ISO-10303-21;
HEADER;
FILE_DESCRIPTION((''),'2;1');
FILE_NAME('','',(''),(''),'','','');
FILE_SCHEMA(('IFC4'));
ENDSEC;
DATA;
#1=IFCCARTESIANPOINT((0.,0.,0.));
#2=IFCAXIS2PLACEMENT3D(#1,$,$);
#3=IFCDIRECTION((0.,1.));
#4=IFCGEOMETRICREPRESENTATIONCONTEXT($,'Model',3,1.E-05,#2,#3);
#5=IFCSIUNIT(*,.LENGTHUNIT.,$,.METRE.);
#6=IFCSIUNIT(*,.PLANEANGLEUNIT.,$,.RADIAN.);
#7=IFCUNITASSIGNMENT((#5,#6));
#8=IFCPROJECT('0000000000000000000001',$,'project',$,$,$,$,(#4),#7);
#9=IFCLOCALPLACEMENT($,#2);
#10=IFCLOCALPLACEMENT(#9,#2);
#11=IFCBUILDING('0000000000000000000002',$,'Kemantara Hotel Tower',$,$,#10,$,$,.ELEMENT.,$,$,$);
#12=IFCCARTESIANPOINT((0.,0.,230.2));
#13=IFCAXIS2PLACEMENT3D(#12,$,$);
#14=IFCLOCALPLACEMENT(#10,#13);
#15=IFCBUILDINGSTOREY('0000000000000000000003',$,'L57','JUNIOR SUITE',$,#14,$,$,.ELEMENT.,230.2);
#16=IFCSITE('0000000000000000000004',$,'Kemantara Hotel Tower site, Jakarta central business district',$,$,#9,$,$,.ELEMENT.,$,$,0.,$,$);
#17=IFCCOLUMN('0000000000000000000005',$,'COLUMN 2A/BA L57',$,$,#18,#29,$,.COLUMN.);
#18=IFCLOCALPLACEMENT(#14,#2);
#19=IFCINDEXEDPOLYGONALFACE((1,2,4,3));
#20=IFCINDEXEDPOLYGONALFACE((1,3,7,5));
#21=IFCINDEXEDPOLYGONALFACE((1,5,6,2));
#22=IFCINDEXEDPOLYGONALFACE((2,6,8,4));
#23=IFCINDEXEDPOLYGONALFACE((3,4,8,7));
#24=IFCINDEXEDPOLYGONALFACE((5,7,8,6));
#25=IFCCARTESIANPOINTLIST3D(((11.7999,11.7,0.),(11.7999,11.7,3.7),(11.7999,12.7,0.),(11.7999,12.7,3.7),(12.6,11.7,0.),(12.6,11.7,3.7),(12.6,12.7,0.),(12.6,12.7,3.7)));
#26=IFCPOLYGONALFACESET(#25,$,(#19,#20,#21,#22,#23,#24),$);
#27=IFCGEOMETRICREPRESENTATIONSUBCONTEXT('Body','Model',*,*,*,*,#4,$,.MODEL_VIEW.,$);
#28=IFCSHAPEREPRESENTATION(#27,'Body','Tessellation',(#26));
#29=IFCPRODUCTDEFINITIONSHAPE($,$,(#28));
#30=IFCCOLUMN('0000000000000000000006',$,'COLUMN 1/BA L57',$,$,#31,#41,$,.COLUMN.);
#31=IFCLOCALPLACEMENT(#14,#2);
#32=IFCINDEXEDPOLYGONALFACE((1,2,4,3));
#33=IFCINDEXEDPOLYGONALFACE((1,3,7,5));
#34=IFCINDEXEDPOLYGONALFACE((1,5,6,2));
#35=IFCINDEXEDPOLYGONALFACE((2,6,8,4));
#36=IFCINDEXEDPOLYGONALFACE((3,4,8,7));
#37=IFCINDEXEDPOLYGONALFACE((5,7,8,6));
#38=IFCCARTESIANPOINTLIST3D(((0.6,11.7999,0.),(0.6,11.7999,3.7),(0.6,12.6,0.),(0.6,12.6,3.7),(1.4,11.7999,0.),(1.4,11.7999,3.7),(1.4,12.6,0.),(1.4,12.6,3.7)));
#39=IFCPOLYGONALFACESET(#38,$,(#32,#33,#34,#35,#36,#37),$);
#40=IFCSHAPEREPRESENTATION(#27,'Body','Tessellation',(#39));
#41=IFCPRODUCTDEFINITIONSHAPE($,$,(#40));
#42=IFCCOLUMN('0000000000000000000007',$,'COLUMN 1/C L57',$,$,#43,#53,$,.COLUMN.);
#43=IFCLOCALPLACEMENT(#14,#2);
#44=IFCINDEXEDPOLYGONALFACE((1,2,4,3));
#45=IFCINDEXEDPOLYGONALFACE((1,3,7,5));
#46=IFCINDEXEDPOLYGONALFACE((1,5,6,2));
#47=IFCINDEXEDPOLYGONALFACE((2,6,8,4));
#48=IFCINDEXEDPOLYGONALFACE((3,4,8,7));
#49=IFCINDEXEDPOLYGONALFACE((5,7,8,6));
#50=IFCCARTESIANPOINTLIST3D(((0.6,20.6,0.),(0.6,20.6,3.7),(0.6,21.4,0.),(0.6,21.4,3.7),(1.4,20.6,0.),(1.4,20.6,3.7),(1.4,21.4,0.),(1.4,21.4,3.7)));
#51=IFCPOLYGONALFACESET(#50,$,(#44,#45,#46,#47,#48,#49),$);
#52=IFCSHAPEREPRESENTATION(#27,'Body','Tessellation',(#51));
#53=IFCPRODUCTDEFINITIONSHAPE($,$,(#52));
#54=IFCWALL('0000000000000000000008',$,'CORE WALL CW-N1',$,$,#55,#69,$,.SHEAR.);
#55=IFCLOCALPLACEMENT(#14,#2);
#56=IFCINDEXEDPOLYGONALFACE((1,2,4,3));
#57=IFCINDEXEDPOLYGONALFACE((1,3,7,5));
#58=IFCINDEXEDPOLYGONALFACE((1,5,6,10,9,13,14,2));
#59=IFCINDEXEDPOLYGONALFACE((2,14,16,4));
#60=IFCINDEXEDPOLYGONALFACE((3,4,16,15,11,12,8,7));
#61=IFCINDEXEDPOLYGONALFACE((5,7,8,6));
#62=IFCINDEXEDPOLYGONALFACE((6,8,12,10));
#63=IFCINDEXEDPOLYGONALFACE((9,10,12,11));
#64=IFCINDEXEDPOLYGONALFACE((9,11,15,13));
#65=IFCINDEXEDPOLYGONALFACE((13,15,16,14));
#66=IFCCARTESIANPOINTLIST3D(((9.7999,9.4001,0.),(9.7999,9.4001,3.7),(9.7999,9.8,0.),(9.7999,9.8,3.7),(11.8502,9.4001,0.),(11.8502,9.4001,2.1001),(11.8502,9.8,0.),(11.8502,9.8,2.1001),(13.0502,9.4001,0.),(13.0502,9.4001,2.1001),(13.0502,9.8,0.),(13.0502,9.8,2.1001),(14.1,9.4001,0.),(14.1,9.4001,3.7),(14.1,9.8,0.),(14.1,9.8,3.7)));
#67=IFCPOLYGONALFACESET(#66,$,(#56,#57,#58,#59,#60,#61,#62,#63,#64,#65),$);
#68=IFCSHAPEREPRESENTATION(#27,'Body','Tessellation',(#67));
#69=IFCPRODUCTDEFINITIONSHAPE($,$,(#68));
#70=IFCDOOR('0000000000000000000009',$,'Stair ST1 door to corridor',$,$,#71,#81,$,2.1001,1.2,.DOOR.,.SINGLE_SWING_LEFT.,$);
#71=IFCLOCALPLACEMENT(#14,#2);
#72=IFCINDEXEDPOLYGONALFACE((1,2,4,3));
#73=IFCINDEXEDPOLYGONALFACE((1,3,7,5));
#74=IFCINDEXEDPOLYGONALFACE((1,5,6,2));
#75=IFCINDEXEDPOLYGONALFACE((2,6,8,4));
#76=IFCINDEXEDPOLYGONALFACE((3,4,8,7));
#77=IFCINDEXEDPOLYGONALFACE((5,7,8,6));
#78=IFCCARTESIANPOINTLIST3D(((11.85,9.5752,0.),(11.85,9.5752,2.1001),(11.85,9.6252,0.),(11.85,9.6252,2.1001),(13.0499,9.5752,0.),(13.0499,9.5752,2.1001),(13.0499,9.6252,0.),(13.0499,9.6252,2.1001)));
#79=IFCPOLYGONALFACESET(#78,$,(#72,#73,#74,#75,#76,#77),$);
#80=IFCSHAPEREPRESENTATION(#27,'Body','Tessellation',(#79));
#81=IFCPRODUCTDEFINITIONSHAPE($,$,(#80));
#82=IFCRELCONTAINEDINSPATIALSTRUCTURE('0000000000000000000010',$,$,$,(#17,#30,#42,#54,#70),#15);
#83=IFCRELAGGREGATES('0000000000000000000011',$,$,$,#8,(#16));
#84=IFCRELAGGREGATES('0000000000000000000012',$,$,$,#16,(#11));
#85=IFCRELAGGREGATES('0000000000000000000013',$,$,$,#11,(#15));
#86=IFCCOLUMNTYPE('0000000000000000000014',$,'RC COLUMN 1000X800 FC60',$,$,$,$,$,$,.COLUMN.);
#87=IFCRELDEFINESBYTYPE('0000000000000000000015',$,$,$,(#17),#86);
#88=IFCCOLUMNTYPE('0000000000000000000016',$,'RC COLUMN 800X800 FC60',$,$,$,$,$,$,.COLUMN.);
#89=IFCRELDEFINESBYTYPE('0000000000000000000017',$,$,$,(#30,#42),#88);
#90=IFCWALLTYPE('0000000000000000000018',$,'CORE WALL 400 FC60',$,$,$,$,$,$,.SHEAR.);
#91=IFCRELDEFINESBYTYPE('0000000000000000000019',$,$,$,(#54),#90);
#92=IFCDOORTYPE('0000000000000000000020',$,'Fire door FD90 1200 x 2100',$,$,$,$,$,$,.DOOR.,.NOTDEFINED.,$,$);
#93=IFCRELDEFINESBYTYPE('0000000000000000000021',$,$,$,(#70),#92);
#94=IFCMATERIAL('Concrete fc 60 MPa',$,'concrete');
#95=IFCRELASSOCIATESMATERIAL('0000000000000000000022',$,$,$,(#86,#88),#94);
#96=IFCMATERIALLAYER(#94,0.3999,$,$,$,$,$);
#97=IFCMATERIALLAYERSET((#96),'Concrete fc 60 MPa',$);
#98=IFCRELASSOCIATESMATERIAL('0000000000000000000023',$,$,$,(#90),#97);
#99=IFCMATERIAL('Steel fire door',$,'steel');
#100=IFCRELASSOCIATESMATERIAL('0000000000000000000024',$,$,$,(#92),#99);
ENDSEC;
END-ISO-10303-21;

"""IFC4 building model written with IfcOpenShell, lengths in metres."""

from ifc_helpers import new_model, si_unit, direction, frame, frame_2d, origin, origin_2d, place, context, subcontext, project, spatial, rectangle, extrude, material, layer, layer_set, material_profile, profile_set, type_object, element, fill, save


model = new_model("IFC4")

# Units and contexts
model_context = context("Model", 3, precision=1e-05, world=origin(), true_north=direction((0.0, 1.0)))
body_context = subcontext(model_context, "Body", "Model", "MODEL_VIEW")
ifc_project = project(units=[si_unit("LENGTHUNIT", "METRE"), si_unit("PLANEANGLEUNIT", "RADIAN")], contexts=[model_context])

# Site, building, storey
site_placement = place(None, origin())
site = spatial("IfcSite", under=ifc_project, at=site_placement, Name="Kemantara Hotel Tower site, Jakarta central business district", CompositionType="ELEMENT", RefElevation=0.0)
building_placement = place(site_placement, origin())
building = spatial("IfcBuilding", under=site, at=building_placement, Name="Kemantara Hotel Tower", CompositionType="ELEMENT")
storey_placement = place(building_placement, frame((0.0, 0.0, 230.2)))
storey = spatial("IfcBuildingStorey", under=building, at=storey_placement, Name="L57", Description="JUNIOR SUITE", CompositionType="ELEMENT", Elevation=230.2)

# Columns
ifc_material_1 = material(Name="Concrete fc 60 MPa", Category="concrete")
ifc_material_profile_1 = material_profile(ifc_material_1, rectangle(XDim=1.0, YDim=0.8, at=origin_2d()), Name="RC 1000X800")
ifc_profile_set_1 = profile_set([ifc_material_profile_1], Name="Concrete fc 60 MPa")
column_type_1 = type_object("IfcColumnType", Name="RC COLUMN 1000X800 FC60", PredefinedType="COLUMN", material=ifc_profile_set_1)
column_placement = place(storey_placement, frame((12.2, 12.2, 0.0), z_axis=(0.0, 0.0, 1.0), x_axis=(0.0, 1.0, 0.0)))
element("IfcColumn", 1, at=column_placement, inside=storey, type_object=column_type_1, Name="COLUMN 2A/BA L57", PredefinedType="COLUMN", context=body_context, shape_type="SweptSolid", body=[
    extrude(rectangle(XDim=1.0, YDim=0.8, at=origin_2d()), origin(), (0.0, 0.0, 1.0), 3.7),
])
ifc_material_profile_2 = material_profile(ifc_material_1, rectangle(XDim=0.8, YDim=0.8, at=origin_2d()), Name="RC 800X800")
ifc_profile_set_2 = profile_set([ifc_material_profile_2], Name="Concrete fc 60 MPa")
column_type_2 = type_object("IfcColumnType", Name="RC COLUMN 800X800 FC60", PredefinedType="COLUMN", material=ifc_profile_set_2)
for number, where, z_axis, x_axis, name in (
    (2, (1.0, 12.2, 0.0), (0.0, 0.0, 1.0), (1.0, 0.0, 0.0), "COLUMN 1/BA L57"),
    (3, (1.0, 21.0, 0.0), (0.0, 0.0, 1.0), (1.0, 0.0, 0.0), "COLUMN 1/C L57"),
):
    element("IfcColumn", number, at=place(storey_placement, frame(where, z_axis=z_axis, x_axis=x_axis)), inside=storey, type_object=column_type_2, Name=name, PredefinedType="COLUMN", context=body_context, shape_type="SweptSolid", body=[
        extrude(rectangle(XDim=0.8, YDim=0.8, at=origin_2d()), origin(), (0.0, 0.0, 1.0), 3.7),
    ])

# Wall, opening, door
ifc_layer_1 = layer(ifc_material_1, 0.3999)
ifc_layer_set_1 = layer_set([ifc_layer_1], Name="Concrete fc 60 MPa")
wall_type_1 = type_object("IfcWallType", Name="CORE WALL 400 FC60", PredefinedType="SHEAR", material=ifc_layer_set_1)
wall_1_placement = place(storey_placement, frame((9.8, 9.6001, 0.0), z_axis=(0.0, 0.0, 1.0), x_axis=(1.0, 0.0, 0.0)))
wall_1 = element("IfcWall", 4, at=wall_1_placement, inside=storey, type_object=wall_type_1, Name="CORE WALL CW-N1", PredefinedType="SHEAR", context=body_context, shape_type="SweptSolid", body=[
    extrude(rectangle(XDim=4.3, YDim=0.3999, at=frame_2d((2.1499, 0.0))), origin(), (0.0, 0.0, 1.0), 3.7),
])
opening_1_placement = place(wall_1_placement, frame((2.05, 0.0, 0.0)))
opening_1 = element("IfcOpeningElement", 5, at=opening_1_placement, cuts=wall_1, PredefinedType="OPENING", context=body_context, shape_type="SweptSolid", body=[
    extrude(rectangle(XDim=1.2, YDim=2.1001, at=frame_2d((0.6001, 1.05))), frame((0.0, 0.21, 0.0), z_axis=(0.0, -1.0, 0.0), x_axis=(1.0, 0.0, 0.0)), (0.0, 0.0, 1.0), 0.4199),
])
ifc_material_2 = material(Name="Steel fire door", Category="steel")
door_type_1 = type_object("IfcDoorType", Name="Fire door FD90 1200 x 2100", OperationType="NOTDEFINED", PredefinedType="DOOR", material=ifc_material_2)
door_1_placement = place(opening_1_placement, frame((1.2, 0.0, 0.0), z_axis=(0.0, 0.0, 1.0), x_axis=(-1.0, 0.0, 0.0)))
door_1 = element("IfcDoor", 6, at=door_1_placement, inside=storey, type_object=door_type_1, Name="Stair ST1 door to corridor", OperationType="SINGLE_SWING_LEFT", OverallHeight=2.1001, OverallWidth=1.2, PredefinedType="DOOR", context=body_context, shape_type="SweptSolid", body=[
    extrude(rectangle(XDim=1.2, YDim=2.1001, at=frame_2d((0.6001, 1.05))), frame((0.0, 0.0249, 0.0), z_axis=(0.0, -1.0, 0.0), x_axis=(1.0, 0.0, 0.0)), (0.0, 0.0, 1.0), 0.05),
])
fill(opening_1, door_1)

save(model, "model.ifc")
